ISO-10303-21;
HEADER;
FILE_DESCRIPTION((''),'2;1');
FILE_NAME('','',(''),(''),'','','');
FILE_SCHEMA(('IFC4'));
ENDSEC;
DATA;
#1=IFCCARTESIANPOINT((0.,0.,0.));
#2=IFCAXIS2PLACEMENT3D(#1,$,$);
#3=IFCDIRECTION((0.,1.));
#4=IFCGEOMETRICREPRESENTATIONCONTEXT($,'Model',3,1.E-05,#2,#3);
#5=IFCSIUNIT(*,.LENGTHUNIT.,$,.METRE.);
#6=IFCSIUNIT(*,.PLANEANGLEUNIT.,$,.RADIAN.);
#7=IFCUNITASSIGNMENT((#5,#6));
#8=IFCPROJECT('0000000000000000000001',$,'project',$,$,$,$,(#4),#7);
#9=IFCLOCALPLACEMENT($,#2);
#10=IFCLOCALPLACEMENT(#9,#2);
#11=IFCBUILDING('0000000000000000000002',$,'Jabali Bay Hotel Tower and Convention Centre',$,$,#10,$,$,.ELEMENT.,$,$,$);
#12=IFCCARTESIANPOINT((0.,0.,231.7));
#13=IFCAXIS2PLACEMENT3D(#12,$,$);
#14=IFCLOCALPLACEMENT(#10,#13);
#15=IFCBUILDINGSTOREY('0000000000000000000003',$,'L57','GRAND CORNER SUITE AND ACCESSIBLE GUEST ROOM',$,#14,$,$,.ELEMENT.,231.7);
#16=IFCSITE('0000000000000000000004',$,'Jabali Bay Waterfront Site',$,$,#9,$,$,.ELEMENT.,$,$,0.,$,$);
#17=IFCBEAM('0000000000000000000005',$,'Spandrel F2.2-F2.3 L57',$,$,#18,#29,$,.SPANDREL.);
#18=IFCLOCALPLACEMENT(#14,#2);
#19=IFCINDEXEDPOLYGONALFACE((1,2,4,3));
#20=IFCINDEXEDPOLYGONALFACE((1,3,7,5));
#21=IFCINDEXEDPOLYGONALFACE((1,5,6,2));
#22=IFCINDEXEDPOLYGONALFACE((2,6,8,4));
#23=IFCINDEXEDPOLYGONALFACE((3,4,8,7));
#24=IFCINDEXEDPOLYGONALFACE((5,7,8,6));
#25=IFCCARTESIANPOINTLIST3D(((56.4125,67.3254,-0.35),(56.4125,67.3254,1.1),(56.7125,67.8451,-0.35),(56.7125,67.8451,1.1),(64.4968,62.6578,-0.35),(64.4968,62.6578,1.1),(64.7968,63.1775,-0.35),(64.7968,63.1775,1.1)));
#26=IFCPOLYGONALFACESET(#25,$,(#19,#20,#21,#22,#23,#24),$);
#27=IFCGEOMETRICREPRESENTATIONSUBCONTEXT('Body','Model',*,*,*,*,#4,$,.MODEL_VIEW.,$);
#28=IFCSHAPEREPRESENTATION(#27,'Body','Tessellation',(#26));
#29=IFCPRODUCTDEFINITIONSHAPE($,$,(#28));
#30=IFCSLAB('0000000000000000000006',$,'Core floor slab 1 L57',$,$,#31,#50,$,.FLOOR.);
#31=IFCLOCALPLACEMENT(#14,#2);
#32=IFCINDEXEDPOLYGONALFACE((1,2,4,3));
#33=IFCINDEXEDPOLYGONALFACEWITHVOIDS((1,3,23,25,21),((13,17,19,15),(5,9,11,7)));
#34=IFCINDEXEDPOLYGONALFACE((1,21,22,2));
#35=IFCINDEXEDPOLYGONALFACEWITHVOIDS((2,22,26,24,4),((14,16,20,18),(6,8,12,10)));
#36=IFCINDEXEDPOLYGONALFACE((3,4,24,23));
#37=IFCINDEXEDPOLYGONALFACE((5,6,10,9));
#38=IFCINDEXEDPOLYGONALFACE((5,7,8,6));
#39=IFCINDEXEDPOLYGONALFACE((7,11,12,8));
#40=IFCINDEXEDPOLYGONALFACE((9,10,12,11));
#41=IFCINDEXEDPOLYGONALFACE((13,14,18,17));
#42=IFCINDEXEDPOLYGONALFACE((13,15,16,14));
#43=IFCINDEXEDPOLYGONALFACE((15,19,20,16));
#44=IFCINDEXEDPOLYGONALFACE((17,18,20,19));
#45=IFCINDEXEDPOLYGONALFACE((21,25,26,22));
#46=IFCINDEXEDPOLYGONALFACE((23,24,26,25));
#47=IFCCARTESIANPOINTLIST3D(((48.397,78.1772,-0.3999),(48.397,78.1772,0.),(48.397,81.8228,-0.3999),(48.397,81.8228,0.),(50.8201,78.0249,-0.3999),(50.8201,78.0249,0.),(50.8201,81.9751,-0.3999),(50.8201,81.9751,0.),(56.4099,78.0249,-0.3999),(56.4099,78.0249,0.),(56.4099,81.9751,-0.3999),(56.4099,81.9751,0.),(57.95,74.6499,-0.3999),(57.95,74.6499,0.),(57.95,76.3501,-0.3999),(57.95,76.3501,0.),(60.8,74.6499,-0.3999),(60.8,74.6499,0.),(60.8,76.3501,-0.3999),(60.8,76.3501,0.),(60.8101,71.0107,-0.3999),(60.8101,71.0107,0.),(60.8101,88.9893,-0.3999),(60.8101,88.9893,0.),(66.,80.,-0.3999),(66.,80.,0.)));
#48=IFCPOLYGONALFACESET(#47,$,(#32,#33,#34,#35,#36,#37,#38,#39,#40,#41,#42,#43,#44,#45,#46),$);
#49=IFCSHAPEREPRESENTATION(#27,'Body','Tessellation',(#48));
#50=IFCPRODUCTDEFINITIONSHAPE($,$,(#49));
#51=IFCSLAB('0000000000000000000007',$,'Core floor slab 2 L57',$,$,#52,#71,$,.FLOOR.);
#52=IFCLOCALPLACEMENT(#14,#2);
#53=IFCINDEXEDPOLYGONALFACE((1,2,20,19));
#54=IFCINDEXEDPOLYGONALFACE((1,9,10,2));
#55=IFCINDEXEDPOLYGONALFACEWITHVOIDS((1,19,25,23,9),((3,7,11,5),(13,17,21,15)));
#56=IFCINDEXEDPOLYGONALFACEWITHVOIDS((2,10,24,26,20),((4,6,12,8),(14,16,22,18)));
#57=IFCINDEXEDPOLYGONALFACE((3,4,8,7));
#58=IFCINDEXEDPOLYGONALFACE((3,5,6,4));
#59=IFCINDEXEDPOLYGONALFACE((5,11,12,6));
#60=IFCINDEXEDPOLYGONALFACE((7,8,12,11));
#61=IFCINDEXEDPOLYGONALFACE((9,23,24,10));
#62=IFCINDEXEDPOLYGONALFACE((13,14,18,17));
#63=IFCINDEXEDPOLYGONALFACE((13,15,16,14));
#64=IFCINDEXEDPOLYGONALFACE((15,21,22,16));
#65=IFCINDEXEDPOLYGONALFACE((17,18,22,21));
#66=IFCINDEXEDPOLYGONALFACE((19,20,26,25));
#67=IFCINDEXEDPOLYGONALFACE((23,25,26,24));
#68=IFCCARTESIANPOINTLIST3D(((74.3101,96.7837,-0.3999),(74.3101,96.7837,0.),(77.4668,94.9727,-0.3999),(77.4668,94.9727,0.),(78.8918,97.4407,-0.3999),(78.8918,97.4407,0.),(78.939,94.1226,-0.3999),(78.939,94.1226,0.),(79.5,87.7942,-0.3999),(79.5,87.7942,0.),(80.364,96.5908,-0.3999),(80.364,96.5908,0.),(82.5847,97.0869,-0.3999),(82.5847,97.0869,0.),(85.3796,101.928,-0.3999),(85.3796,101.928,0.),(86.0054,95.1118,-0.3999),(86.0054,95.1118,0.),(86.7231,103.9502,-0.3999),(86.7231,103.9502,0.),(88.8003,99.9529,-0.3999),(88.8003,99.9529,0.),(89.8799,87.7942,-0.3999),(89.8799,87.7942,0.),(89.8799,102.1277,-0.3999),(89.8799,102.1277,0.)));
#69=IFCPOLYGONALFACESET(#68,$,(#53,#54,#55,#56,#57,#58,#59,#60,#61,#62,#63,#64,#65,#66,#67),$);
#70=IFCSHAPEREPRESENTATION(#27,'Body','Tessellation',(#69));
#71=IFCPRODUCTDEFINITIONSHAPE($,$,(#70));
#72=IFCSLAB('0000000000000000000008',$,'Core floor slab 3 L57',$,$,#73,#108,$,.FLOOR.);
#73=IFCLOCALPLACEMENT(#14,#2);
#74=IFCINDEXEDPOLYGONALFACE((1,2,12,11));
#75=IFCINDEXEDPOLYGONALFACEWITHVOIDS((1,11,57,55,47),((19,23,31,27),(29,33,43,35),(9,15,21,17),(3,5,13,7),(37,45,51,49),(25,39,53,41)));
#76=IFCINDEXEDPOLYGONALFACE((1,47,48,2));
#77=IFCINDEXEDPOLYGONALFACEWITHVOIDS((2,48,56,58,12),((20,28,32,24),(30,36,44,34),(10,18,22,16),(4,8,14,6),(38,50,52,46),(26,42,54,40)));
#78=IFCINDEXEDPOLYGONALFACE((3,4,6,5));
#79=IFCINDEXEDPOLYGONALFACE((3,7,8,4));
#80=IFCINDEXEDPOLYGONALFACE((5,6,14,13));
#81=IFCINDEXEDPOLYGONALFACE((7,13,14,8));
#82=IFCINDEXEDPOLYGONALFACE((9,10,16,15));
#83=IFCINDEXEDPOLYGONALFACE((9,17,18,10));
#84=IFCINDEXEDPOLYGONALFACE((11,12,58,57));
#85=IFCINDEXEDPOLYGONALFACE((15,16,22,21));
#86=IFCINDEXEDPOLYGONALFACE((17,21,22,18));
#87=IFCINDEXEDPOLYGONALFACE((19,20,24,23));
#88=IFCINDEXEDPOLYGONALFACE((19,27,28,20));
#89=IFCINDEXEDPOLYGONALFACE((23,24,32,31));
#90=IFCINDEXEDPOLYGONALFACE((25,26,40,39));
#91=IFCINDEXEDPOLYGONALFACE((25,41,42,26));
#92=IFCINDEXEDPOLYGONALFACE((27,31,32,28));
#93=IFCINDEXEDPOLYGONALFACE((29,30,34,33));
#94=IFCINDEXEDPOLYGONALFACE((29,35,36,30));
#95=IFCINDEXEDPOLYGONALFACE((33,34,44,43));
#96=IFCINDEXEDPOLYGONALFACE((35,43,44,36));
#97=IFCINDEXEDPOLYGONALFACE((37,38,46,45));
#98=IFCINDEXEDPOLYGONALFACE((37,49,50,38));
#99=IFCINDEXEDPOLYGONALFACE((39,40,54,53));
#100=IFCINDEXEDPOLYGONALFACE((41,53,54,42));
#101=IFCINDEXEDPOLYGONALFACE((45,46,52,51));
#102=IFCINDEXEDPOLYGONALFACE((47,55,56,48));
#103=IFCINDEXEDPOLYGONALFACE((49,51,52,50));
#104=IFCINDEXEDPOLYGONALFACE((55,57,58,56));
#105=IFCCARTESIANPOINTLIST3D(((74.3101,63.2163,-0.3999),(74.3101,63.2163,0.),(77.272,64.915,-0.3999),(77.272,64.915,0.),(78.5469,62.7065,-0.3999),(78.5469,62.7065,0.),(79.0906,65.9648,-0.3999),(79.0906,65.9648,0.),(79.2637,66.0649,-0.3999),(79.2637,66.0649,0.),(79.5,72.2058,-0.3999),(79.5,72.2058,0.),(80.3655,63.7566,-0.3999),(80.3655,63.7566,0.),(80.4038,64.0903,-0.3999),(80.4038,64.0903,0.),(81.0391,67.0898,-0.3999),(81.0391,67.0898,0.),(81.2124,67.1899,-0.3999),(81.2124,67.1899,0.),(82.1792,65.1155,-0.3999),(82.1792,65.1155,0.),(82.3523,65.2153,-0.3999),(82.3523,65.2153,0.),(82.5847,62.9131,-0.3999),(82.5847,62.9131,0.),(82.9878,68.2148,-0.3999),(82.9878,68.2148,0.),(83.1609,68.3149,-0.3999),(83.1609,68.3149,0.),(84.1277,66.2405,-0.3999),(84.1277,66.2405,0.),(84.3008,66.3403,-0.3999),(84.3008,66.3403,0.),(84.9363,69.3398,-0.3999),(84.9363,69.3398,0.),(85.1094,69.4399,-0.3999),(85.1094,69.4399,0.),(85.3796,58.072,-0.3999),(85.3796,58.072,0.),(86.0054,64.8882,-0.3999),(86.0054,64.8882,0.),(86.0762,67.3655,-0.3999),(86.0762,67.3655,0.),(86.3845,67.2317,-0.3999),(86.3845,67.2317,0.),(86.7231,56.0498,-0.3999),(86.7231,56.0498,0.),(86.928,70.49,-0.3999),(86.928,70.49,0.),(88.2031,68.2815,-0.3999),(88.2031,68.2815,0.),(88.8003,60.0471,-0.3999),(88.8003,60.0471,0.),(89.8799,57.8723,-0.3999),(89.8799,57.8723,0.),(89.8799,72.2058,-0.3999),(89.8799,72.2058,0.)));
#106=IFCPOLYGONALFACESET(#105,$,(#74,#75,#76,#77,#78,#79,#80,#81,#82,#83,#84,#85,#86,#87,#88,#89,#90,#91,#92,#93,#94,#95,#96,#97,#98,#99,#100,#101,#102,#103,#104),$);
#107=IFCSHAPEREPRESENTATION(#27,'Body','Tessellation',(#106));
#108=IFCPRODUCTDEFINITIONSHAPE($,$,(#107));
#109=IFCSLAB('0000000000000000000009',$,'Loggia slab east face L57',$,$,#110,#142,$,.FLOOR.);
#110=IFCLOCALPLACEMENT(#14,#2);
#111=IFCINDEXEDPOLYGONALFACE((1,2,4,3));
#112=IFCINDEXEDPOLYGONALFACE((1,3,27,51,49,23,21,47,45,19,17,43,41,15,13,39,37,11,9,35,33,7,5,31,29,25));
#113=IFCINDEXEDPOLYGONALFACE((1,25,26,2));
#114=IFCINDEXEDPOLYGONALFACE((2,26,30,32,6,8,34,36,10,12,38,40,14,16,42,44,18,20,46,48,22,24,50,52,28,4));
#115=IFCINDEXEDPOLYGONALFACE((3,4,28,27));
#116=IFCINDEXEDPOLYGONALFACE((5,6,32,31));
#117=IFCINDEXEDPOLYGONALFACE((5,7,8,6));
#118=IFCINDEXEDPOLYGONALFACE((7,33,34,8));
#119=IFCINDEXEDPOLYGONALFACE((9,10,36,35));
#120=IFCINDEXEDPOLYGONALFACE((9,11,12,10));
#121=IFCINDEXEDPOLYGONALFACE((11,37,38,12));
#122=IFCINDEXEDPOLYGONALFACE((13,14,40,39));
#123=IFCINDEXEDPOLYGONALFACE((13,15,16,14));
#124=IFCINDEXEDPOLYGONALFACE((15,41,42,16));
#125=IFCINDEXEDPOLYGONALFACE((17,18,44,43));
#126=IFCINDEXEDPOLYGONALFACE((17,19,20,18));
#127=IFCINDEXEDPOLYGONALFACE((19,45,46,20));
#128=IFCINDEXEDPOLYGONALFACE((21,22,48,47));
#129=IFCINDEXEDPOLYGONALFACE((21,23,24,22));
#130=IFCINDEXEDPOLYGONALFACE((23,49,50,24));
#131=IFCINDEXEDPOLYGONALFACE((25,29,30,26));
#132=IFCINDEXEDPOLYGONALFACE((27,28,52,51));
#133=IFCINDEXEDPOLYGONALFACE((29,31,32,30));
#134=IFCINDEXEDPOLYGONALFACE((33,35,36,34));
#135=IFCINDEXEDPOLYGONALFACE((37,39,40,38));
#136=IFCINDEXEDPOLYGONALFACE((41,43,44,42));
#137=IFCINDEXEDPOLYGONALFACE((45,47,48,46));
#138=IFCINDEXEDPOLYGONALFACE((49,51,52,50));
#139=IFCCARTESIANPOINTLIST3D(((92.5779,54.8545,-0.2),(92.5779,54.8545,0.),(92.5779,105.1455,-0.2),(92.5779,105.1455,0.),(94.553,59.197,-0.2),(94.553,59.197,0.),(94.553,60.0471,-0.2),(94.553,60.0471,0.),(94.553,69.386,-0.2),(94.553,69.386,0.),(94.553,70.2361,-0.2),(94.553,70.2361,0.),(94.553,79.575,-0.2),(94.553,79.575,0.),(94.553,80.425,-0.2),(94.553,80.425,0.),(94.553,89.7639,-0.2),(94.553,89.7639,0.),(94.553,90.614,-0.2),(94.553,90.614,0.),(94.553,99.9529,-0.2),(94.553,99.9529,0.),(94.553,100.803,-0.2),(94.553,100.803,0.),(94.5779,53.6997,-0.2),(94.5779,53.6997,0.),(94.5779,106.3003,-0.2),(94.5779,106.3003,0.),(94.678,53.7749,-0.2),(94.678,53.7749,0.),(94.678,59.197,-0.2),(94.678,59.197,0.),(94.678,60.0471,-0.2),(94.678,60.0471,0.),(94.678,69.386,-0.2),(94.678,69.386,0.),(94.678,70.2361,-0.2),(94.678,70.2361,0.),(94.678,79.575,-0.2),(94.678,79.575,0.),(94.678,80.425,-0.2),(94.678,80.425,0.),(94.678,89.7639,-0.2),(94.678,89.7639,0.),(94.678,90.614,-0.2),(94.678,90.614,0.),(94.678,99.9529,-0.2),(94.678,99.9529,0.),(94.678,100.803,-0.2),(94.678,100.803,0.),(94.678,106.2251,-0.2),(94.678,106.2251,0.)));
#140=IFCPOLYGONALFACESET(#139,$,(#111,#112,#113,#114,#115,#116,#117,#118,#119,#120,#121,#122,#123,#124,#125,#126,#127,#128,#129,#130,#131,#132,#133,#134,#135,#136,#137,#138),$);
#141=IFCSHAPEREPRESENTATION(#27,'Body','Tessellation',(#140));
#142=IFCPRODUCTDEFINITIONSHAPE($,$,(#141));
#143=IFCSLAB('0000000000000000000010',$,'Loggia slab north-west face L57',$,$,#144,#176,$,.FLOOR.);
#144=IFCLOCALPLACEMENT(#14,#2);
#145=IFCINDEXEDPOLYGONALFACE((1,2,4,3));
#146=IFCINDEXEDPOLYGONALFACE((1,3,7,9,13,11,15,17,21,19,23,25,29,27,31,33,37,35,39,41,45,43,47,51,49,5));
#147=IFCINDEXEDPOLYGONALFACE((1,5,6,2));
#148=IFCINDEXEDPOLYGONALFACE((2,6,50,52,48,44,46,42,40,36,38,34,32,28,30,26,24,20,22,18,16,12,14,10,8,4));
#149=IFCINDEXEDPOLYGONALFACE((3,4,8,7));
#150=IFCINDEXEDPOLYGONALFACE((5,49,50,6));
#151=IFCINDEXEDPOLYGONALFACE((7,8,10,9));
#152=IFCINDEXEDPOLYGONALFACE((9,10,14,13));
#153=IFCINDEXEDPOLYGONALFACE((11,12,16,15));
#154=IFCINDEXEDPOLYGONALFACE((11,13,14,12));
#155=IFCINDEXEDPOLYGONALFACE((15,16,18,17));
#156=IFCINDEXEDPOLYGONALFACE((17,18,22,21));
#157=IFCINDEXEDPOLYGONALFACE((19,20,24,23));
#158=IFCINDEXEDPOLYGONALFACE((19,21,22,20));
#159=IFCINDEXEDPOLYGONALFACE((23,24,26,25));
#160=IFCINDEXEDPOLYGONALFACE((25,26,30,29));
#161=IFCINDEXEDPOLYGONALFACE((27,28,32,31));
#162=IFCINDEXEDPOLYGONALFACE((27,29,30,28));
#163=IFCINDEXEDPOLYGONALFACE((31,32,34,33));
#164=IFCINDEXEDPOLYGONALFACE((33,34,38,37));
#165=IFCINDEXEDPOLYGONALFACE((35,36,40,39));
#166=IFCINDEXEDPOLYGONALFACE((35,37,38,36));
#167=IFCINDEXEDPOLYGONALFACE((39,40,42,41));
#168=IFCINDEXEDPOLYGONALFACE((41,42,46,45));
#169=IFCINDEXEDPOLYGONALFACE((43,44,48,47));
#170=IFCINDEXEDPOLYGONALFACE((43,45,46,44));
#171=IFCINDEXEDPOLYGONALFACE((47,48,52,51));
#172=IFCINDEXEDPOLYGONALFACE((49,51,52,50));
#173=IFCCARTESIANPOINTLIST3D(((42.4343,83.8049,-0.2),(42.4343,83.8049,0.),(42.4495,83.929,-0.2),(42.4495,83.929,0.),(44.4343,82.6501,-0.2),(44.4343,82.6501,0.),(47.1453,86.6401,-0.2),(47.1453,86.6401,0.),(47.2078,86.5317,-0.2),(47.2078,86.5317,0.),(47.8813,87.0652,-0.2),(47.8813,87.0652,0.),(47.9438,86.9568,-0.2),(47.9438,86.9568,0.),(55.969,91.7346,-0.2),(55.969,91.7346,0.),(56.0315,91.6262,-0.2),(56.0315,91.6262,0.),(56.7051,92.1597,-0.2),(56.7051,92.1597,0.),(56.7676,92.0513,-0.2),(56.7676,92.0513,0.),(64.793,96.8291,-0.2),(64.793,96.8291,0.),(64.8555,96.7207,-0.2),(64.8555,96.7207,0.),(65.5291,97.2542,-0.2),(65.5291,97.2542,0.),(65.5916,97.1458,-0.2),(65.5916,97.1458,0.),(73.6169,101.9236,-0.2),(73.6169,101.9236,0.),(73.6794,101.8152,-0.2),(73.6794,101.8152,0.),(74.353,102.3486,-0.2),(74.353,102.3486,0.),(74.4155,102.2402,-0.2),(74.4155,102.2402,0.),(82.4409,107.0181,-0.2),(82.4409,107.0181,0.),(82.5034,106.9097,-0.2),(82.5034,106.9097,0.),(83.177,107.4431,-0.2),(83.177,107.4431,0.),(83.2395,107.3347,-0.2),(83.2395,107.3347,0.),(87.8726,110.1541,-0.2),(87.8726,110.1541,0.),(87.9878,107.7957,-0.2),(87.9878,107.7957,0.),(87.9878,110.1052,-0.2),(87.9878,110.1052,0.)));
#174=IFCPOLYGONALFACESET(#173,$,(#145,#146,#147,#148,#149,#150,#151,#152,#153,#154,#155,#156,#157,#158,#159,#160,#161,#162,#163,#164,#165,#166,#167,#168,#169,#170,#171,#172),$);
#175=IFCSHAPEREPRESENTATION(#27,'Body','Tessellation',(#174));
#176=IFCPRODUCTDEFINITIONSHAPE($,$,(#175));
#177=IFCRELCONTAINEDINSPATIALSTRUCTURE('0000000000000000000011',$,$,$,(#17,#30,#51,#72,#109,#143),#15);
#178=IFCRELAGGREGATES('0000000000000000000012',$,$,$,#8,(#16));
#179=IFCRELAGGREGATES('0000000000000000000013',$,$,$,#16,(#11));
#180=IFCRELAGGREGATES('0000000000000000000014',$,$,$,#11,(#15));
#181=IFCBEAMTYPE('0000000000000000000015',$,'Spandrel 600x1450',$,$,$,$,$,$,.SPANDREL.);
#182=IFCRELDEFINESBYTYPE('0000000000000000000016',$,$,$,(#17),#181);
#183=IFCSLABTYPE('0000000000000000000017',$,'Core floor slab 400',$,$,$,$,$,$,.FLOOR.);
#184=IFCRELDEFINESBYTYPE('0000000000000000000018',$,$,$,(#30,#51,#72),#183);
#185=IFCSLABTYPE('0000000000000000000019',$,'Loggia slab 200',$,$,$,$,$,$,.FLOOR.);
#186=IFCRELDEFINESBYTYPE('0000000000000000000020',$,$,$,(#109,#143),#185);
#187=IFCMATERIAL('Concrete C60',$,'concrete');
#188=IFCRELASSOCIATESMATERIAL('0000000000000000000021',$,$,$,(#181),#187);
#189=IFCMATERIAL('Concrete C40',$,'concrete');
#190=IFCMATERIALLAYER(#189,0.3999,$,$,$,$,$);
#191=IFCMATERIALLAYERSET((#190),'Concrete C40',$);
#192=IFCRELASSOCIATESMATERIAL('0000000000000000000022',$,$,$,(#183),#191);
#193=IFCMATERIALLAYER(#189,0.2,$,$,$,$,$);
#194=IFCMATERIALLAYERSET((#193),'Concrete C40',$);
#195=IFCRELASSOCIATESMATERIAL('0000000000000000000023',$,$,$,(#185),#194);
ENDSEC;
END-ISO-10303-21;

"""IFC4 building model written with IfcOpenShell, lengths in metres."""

from ifc_helpers import new_model, si_unit, direction, frame, origin, origin_2d, place, context, subcontext, project, spatial, polyline, rectangle, outline, extrude, material, layer, layer_set, material_profile, profile_set, type_object, element, save


model = new_model("IFC4")

# Units and contexts
model_context = context("Model", 3, precision=1e-05, world=origin(), true_north=direction((0.0, 1.0)))
body_context = subcontext(model_context, "Body", "Model", "MODEL_VIEW")
ifc_project = project(units=[si_unit("LENGTHUNIT", "METRE"), si_unit("PLANEANGLEUNIT", "RADIAN")], contexts=[model_context])

# Site, building, storey
site_placement = place(None, origin())
site = spatial("IfcSite", under=ifc_project, at=site_placement, Name="Jabali Bay Waterfront Site", CompositionType="ELEMENT", RefElevation=0.0)
building_placement = place(site_placement, origin())
building = spatial("IfcBuilding", under=site, at=building_placement, Name="Jabali Bay Hotel Tower and Convention Centre", CompositionType="ELEMENT")
storey_placement = place(building_placement, frame((0.0, 0.0, 231.7)))
storey = spatial("IfcBuildingStorey", under=building, at=storey_placement, Name="L57", Description="GRAND CORNER SUITE AND ACCESSIBLE GUEST ROOM", CompositionType="ELEMENT", Elevation=231.7)

# Beam
ifc_material_1 = material(Name="Concrete C60", Category="concrete")
ifc_material_profile = material_profile(ifc_material_1, rectangle(XDim=0.6001, YDim=1.45, at=origin_2d()), Name="Spandrel 600x1450")
ifc_profile_set = profile_set([ifc_material_profile], Name="Concrete C60")
beam_type = type_object("IfcBeamType", Name="Spandrel 600x1450", PredefinedType="SPANDREL", material=ifc_profile_set)
beam_placement = place(storey_placement, frame((56.5625, 67.5852, 0.375), z_axis=(0.866023, -0.500004, 0.0), x_axis=(0.500004, 0.866023, 0.0)))
element("IfcBeam", 1, at=beam_placement, inside=storey, type_object=beam_type, Name="Spandrel F2.2-F2.3 L57", PredefinedType="SPANDREL", context=body_context, shape_type="SweptSolid", body=[
    extrude(rectangle(XDim=0.6001, YDim=1.45, at=origin_2d()), origin(), (0.0, 0.0, 1.0), 9.335),
])

# Slabs
ifc_material_2 = material(Name="Concrete C40", Category="concrete")
ifc_layer_1 = layer(ifc_material_2, 0.3999)
ifc_layer_set_1 = layer_set([ifc_layer_1], Name="Concrete C40")
slab_type_1 = type_object("IfcSlabType", Name="Core floor slab 400", PredefinedType="FLOOR", material=ifc_layer_set_1)
slab_1_placement = place(storey_placement, frame((0.0, 0.0, -0.3999)))
element("IfcSlab", 2, at=slab_1_placement, inside=storey, type_object=slab_type_1, Name="Core floor slab 1 L57", PredefinedType="FLOOR", context=body_context, shape_type="SweptSolid", body=[
    extrude(outline(polyline([(66.0, 80.0), (60.8101, 88.9893), (48.397, 81.8228), (48.397, 78.1772), (60.8101, 71.0107), (66.0, 80.0)]), holes=[polyline([(60.8, 76.3501), (57.95, 76.3501), (57.95, 74.6499), (60.8, 74.6499), (60.8, 76.3501)]), polyline([(50.8201, 81.9751), (50.8201, 78.0249), (56.4099, 78.0249), (56.4099, 81.9751), (50.8201, 81.9751)])]), origin(), (0.0, 0.0, 1.0), 0.3999),
])
slab_2_placement = place(storey_placement, frame((0.0, 0.0, -0.3999)))
element("IfcSlab", 3, at=slab_2_placement, inside=storey, type_object=slab_type_1, Name="Core floor slab 2 L57", PredefinedType="FLOOR", context=body_context, shape_type="SweptSolid", body=[
    extrude(outline(polyline([(79.5, 87.7942), (89.8799, 87.7942), (89.8799, 102.1277), (86.7231, 103.9502), (74.3101, 96.7837), (79.5, 87.7942)]), holes=[polyline([(78.939, 94.1226), (80.364, 96.5908), (78.8918, 97.4407), (77.4668, 94.9727), (78.939, 94.1226)]), polyline([(88.8003, 99.9529), (85.3796, 101.928), (82.5847, 97.0869), (86.0054, 95.1118), (88.8003, 99.9529)])]), origin(), (0.0, 0.0, 1.0), 0.3999),
])
slab_3_placement = place(storey_placement, frame((0.0, 0.0, -0.3999)))
element("IfcSlab", 4, at=slab_3_placement, inside=storey, type_object=slab_type_1, Name="Core floor slab 3 L57", PredefinedType="FLOOR", context=body_context, shape_type="SweptSolid", body=[
    extrude(outline(polyline([(79.5, 72.2058), (74.3101, 63.2163), (86.7231, 56.0498), (89.8799, 57.8723), (89.8799, 72.2058), (79.5, 72.2058)]), holes=[polyline([(82.5847, 62.9131), (85.3796, 58.072), (88.8003, 60.0471), (86.0054, 64.8882), (82.5847, 62.9131)]), polyline([(80.3655, 63.7566), (79.0906, 65.9648), (77.272, 64.915), (78.5469, 62.7065), (80.3655, 63.7566)]), polyline([(82.1792, 65.1155), (81.0391, 67.0898), (79.2637, 66.0649), (80.4038, 64.0903), (82.1792, 65.1155)]), polyline([(82.9878, 68.2148), (81.2124, 67.1899), (82.3523, 65.2153), (84.1277, 66.2405), (82.9878, 68.2148)]), polyline([(86.0762, 67.3655), (84.9363, 69.3398), (83.1609, 68.3149), (84.3008, 66.3403), (86.0762, 67.3655)]), polyline([(88.2031, 68.2815), (86.928, 70.49), (85.1094, 69.4399), (86.3845, 67.2317), (88.2031, 68.2815)])]), origin(), (0.0, 0.0, 1.0), 0.3999),
])
ifc_layer_2 = layer(ifc_material_2, 0.2)
ifc_layer_set_2 = layer_set([ifc_layer_2], Name="Concrete C40")
slab_type_2 = type_object("IfcSlabType", Name="Loggia slab 200", PredefinedType="FLOOR", material=ifc_layer_set_2)
slab_4_placement = place(storey_placement, frame((0.0, 0.0, -0.2)))
element("IfcSlab", 5, at=slab_4_placement, inside=storey, type_object=slab_type_2, Name="Loggia slab east face L57", PredefinedType="FLOOR", context=body_context, shape_type="SweptSolid", body=[
    extrude(outline(polyline([(92.5779, 105.1455), (94.5779, 106.3003), (94.678, 106.2251), (94.678, 100.803), (94.553, 100.803), (94.553, 99.9529), (94.678, 99.9529), (94.678, 90.614), (94.553, 90.614), (94.553, 89.7639), (94.678, 89.7639), (94.678, 80.425), (94.553, 80.425), (94.553, 79.575), (94.678, 79.575), (94.678, 70.2361), (94.553, 70.2361), (94.553, 69.386), (94.678, 69.386), (94.678, 60.0471), (94.553, 60.0471), (94.553, 59.197), (94.678, 59.197), (94.678, 53.7749), (94.5779, 53.6997), (92.5779, 54.8545), (92.5779, 105.1455)])), origin(), (0.0, 0.0, 1.0), 0.2),
])
slab_5_placement = place(storey_placement, frame((0.0, 0.0, -0.2)))
element("IfcSlab", 6, at=slab_5_placement, inside=storey, type_object=slab_type_2, Name="Loggia slab north-west face L57", PredefinedType="FLOOR", context=body_context, shape_type="SweptSolid", body=[
    extrude(outline(polyline([(44.4343, 82.6501), (42.4343, 83.8049), (42.4495, 83.929), (47.1453, 86.6401), (47.2078, 86.5317), (47.9438, 86.9568), (47.8813, 87.0652), (55.969, 91.7346), (56.0315, 91.6262), (56.7676, 92.0513), (56.7051, 92.1597), (64.793, 96.8291), (64.8555, 96.7207), (65.5916, 97.1458), (65.5291, 97.2542), (73.6169, 101.9236), (73.6794, 101.8152), (74.4155, 102.2402), (74.353, 102.3486), (82.4409, 107.0181), (82.5034, 106.9097), (83.2395, 107.3347), (83.177, 107.4431), (87.8726, 110.1541), (87.9878, 110.1052), (87.9878, 107.7957), (44.4343, 82.6501)])), origin(), (0.0, 0.0, 1.0), 0.2),
])

save(model, "model.ifc")
